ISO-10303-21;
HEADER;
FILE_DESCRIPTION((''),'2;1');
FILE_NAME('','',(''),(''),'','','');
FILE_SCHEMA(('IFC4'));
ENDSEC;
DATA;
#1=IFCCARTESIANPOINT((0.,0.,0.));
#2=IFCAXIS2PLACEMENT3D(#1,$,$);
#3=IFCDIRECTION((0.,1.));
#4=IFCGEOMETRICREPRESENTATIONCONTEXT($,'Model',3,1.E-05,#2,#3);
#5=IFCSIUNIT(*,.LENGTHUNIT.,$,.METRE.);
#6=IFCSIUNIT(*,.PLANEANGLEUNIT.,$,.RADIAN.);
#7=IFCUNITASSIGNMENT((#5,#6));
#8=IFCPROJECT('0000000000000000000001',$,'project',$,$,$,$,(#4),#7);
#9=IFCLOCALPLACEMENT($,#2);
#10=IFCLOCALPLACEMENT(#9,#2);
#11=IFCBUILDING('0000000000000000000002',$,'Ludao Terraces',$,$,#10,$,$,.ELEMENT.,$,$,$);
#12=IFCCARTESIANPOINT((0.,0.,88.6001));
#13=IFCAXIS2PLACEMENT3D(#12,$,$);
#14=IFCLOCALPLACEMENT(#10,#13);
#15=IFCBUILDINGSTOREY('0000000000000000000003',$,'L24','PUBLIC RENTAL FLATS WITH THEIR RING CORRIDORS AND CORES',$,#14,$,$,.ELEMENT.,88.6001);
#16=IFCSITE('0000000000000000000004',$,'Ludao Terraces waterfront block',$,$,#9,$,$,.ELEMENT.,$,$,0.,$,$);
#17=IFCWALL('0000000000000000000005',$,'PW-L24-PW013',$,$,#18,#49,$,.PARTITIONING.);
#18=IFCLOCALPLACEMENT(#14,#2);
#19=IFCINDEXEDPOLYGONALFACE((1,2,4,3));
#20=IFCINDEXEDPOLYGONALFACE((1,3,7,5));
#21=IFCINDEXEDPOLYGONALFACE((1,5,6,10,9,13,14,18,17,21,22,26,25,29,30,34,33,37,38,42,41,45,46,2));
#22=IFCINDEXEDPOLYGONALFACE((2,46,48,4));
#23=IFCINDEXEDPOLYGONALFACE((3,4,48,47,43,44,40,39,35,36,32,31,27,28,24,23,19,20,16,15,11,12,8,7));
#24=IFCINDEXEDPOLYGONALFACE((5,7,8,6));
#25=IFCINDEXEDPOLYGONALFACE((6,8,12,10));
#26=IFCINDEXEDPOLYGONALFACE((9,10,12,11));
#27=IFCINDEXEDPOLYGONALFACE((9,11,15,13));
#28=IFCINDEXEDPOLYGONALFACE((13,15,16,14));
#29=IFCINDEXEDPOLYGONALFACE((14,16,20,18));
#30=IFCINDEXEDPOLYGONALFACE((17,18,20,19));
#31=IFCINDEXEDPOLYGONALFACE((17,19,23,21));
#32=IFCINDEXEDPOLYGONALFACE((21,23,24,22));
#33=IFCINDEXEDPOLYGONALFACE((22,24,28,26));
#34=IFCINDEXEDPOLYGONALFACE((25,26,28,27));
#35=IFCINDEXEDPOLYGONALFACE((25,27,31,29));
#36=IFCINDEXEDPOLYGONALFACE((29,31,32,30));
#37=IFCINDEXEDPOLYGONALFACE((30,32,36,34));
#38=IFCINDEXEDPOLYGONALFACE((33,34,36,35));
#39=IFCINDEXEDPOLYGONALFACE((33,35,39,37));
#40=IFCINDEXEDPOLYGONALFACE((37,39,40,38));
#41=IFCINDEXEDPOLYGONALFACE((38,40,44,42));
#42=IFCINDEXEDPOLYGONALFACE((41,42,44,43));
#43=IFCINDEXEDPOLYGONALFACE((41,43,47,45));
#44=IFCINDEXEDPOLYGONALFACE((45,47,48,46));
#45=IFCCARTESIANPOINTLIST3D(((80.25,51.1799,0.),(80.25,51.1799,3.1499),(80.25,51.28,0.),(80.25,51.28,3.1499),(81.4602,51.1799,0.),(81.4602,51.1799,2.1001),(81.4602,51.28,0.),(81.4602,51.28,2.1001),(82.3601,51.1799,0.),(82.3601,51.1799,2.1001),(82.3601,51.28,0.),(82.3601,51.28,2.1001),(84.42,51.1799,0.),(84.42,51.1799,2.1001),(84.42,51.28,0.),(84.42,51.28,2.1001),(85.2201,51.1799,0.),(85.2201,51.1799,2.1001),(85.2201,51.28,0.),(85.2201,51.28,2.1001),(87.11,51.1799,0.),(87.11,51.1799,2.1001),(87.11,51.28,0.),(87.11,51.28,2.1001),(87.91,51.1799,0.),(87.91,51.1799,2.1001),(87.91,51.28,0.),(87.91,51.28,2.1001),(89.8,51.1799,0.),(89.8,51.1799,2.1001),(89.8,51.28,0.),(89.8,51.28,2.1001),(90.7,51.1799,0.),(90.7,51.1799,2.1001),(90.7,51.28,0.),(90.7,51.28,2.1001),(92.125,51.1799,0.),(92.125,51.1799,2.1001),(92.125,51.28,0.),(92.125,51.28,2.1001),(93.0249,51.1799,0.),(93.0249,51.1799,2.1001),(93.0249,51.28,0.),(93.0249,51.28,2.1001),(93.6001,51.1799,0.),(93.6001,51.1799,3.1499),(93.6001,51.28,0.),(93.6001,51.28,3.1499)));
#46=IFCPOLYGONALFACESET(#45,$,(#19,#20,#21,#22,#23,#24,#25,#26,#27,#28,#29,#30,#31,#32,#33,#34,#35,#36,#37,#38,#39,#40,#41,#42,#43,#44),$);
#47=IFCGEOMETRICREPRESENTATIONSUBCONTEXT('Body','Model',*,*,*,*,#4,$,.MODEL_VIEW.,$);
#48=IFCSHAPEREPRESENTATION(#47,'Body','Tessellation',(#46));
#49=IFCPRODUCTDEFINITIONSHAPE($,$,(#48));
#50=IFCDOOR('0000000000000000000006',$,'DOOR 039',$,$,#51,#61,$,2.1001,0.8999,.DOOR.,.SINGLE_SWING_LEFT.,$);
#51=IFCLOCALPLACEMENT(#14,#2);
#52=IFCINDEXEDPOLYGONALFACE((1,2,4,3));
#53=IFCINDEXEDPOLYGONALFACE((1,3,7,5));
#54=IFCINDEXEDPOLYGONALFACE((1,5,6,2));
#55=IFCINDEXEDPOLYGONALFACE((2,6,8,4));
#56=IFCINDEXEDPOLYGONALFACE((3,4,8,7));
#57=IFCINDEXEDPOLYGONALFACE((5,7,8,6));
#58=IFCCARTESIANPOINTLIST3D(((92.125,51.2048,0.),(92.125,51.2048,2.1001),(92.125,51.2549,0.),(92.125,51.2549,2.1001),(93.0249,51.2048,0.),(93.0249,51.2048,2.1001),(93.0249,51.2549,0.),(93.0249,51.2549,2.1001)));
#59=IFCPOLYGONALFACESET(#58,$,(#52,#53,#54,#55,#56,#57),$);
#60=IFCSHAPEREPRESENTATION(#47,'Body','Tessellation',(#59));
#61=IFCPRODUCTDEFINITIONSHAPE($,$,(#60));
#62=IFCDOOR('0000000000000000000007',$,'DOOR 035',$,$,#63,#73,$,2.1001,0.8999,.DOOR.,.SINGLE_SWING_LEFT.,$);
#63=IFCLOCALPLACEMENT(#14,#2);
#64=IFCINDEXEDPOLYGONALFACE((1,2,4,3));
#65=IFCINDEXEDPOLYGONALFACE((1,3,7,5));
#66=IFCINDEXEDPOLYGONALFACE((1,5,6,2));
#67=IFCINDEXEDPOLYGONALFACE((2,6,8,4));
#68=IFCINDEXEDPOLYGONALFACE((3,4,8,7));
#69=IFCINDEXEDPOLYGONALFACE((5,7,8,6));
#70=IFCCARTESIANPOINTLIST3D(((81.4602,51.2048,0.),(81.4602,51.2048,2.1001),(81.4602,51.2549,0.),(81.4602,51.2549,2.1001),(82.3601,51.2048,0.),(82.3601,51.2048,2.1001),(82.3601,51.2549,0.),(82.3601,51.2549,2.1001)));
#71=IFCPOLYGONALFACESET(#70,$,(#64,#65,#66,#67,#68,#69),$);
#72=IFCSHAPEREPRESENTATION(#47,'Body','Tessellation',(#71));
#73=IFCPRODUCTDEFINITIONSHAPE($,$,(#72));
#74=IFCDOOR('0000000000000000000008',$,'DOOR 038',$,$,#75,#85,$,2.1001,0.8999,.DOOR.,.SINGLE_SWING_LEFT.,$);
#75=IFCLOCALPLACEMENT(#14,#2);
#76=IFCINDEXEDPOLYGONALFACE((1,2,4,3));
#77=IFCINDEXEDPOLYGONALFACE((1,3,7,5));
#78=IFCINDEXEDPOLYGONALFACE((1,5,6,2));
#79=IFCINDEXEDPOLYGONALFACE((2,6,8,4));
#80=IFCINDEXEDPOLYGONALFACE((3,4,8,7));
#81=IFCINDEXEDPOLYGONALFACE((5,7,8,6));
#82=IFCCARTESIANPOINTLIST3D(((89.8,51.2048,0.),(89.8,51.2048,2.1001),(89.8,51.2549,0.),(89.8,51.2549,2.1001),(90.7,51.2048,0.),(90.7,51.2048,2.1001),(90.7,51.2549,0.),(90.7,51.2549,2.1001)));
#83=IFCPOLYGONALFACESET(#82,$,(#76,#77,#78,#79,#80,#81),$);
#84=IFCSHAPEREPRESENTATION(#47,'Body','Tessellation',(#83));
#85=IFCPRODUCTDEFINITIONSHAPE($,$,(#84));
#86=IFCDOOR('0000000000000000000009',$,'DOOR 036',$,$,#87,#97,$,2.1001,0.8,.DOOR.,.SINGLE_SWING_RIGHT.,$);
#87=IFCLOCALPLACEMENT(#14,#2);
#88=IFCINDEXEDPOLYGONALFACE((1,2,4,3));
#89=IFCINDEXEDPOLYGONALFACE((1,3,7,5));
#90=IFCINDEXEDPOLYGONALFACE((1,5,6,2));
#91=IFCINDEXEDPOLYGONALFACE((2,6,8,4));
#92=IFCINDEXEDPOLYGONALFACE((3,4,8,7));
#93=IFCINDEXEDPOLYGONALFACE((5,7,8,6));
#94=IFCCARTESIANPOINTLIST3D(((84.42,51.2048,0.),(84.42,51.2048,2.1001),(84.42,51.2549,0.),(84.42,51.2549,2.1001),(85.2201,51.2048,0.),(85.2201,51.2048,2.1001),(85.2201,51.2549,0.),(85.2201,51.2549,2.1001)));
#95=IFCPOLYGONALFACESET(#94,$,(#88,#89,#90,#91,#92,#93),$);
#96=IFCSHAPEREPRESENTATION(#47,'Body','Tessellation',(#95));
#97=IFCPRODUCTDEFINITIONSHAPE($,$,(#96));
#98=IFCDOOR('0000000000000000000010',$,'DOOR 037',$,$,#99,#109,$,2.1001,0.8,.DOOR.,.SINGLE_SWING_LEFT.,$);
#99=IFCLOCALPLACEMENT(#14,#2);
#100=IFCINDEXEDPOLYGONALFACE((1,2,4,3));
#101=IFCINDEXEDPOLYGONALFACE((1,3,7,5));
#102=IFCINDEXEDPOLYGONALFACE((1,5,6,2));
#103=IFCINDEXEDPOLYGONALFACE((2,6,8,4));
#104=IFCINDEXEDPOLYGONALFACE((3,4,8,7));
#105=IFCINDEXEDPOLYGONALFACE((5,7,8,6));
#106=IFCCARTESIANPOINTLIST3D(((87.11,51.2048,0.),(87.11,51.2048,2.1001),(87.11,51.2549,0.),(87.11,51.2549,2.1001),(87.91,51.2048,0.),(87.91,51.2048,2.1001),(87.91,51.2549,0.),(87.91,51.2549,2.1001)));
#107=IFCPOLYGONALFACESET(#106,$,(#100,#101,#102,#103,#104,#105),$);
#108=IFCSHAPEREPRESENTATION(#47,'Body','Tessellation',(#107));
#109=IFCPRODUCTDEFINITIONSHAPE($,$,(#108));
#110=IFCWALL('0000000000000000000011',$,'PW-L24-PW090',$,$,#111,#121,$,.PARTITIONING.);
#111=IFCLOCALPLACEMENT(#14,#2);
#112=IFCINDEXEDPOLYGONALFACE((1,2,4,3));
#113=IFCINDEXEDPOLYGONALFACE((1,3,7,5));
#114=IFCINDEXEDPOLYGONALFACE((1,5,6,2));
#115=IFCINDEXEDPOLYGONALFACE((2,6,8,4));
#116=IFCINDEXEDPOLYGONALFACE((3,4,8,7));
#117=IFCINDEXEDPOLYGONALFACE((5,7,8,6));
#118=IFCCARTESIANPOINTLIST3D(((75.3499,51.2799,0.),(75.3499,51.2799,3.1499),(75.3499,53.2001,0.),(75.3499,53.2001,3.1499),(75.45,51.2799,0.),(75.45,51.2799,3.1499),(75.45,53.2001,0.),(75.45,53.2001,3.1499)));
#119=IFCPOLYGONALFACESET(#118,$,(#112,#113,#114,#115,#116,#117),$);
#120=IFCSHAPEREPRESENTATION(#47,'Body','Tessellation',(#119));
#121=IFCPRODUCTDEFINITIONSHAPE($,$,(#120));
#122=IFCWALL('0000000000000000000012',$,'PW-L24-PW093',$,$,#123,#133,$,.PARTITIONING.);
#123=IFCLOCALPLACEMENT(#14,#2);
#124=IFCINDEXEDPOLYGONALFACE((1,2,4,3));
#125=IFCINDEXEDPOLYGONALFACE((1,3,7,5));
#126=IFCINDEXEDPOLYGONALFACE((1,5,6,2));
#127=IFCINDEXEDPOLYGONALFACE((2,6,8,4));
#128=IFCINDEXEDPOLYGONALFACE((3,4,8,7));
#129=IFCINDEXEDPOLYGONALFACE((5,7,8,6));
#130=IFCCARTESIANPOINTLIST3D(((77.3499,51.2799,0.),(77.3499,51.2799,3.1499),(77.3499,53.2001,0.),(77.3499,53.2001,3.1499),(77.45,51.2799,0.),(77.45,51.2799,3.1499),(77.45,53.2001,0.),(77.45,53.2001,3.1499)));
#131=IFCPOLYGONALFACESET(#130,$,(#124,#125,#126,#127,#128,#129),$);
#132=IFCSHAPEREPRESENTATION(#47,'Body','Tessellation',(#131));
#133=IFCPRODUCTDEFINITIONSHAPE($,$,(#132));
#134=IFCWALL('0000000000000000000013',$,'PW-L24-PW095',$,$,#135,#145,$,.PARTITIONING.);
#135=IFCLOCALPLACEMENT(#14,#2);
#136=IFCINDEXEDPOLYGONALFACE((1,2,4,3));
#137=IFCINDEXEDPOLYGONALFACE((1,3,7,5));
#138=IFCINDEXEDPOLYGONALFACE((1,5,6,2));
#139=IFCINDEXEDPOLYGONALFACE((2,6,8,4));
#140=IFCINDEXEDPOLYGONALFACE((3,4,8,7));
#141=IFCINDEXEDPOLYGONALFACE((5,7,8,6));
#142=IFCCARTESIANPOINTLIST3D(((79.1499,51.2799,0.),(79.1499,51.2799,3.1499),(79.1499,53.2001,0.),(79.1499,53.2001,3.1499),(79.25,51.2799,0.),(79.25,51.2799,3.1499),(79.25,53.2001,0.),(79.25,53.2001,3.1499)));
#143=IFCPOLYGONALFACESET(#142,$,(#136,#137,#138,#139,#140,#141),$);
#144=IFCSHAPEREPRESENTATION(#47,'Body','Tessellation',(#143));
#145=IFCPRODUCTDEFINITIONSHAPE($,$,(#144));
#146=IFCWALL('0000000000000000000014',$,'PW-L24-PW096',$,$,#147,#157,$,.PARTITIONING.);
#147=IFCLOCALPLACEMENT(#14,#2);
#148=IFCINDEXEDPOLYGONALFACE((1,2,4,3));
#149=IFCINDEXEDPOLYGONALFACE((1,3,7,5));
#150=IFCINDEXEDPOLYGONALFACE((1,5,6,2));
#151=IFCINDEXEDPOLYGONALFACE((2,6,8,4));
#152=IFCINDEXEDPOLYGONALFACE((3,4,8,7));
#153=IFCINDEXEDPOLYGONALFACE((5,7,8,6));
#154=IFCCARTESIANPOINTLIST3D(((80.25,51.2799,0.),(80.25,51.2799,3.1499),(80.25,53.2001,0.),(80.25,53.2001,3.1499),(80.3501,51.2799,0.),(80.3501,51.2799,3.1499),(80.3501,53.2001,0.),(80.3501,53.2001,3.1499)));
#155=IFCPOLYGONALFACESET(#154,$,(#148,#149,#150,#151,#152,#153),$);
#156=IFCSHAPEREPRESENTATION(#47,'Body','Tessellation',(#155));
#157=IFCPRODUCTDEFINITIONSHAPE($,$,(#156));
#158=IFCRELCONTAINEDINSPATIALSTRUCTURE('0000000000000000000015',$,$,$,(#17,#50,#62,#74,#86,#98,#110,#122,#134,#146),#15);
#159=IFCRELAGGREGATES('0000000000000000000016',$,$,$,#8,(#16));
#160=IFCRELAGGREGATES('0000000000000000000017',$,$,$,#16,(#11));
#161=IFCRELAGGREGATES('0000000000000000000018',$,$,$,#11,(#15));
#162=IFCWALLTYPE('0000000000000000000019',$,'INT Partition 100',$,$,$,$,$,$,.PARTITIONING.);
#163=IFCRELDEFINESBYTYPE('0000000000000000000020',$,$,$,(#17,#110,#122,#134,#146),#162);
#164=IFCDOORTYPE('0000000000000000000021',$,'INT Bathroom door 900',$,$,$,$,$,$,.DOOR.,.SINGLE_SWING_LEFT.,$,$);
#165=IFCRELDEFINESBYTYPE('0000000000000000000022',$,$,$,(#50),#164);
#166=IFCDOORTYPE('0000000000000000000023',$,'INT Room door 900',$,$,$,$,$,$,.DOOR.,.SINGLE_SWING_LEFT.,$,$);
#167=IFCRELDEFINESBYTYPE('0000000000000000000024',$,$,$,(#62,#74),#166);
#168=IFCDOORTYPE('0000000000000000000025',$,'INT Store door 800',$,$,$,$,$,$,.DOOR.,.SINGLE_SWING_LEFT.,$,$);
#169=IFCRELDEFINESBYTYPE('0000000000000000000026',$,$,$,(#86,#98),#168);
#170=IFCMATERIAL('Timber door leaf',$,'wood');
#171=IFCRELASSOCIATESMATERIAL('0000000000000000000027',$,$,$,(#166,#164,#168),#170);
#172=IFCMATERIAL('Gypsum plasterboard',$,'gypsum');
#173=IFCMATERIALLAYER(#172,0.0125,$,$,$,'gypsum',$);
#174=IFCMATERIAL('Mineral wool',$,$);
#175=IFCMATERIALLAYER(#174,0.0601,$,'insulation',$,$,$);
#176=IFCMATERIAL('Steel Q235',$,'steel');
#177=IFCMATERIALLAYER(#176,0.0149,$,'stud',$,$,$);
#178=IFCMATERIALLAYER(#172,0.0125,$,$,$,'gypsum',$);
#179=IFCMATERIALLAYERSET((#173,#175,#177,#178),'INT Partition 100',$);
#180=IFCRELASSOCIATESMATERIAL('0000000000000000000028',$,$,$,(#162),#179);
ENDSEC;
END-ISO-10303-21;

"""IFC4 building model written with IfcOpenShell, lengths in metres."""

from ifc_helpers import new_model, si_unit, direction, frame, frame_2d, origin, place, context, subcontext, project, spatial, rectangle, extrude, material, layer, layer_set, type_object, element, fill, save


model = new_model("IFC4")

# Units and contexts
model_context = context("Model", 3, precision=1e-05, world=origin(), true_north=direction((0.0, 1.0)))
body_context = subcontext(model_context, "Body", "Model", "MODEL_VIEW")
ifc_project = project(units=[si_unit("LENGTHUNIT", "METRE"), si_unit("PLANEANGLEUNIT", "RADIAN")], contexts=[model_context])

# Site, building, storey
site_placement = place(None, origin())
site = spatial("IfcSite", under=ifc_project, at=site_placement, Name="Ludao Terraces waterfront block", CompositionType="ELEMENT", RefElevation=0.0)
building_placement = place(site_placement, origin())
building = spatial("IfcBuilding", under=site, at=building_placement, Name="Ludao Terraces", CompositionType="ELEMENT")
storey_placement = place(building_placement, frame((0.0, 0.0, 88.6001)))
storey = spatial("IfcBuildingStorey", under=building, at=storey_placement, Name="L24", Description="PUBLIC RENTAL FLATS WITH THEIR RING CORRIDORS AND CORES", CompositionType="ELEMENT", Elevation=88.6001)

# Shared definitions
ifc_material_1 = material(Name="Steel Q235", Category="steel")
ifc_material_2 = material(Name="Timber door leaf", Category="wood")
door_type_1 = type_object("IfcDoorType", Name="INT Room door 900", OperationType="SINGLE_SWING_LEFT", PredefinedType="DOOR", material=ifc_material_2)

# Wall, openings, doors
ifc_material_3 = material(Name="Gypsum plasterboard", Category="gypsum")
ifc_layer_1 = layer(ifc_material_3, 0.0125, Category="gypsum")
ifc_material_4 = material(Name="Mineral wool")
ifc_layer_2 = layer(ifc_material_4, 0.0601, Name="insulation")
ifc_layer_3 = layer(ifc_material_1, 0.0149, Name="stud")
ifc_layer_4 = layer(ifc_material_3, 0.0125, Category="gypsum")
ifc_layer_set_1 = layer_set([ifc_layer_1, ifc_layer_2, ifc_layer_3, ifc_layer_4], Name="INT Partition 100")
wall_type_1 = type_object("IfcWallType", Name="INT Partition 100", PredefinedType="PARTITIONING", material=ifc_layer_set_1)
wall_1_placement = place(storey_placement, frame((80.25, 51.23, 0.0), z_axis=(0.0, 0.0, 1.0), x_axis=(1.0, 0.0, 0.0)))
wall_1 = element("IfcWall", 1, at=wall_1_placement, inside=storey, type_object=wall_type_1, Name="PW-L24-PW013", PredefinedType="PARTITIONING", context=body_context, shape_type="SweptSolid", body=[
    extrude(rectangle(XDim=13.3501, YDim=0.1001, at=frame_2d((6.675, 0.0))), origin(), (0.0, 0.0, 1.0), 3.1499),
])
opening_1_placement = place(wall_1_placement, frame((1.2102, 0.0, 0.0)))
opening_1 = element("IfcOpeningElement", 2, at=opening_1_placement, cuts=wall_1, PredefinedType="OPENING", context=body_context, shape_type="SweptSolid", body=[
    extrude(rectangle(XDim=0.8999, YDim=2.1001, at=frame_2d((0.45, 1.05))), frame((0.0, 0.0601, 0.0), z_axis=(0.0, -1.0, 0.0), x_axis=(1.0, 0.0, 0.0)), (0.0, 0.0, 1.0), 0.1201),
])
opening_2_placement = place(wall_1_placement, frame((4.1702, 0.0, 0.0)))
opening_2 = element("IfcOpeningElement", 3, at=opening_2_placement, cuts=wall_1, PredefinedType="OPENING", context=body_context, shape_type="SweptSolid", body=[
    extrude(rectangle(XDim=0.8, YDim=2.1001, at=frame_2d((0.3999, 1.05))), frame((0.0, 0.0601, 0.0), z_axis=(0.0, -1.0, 0.0), x_axis=(1.0, 0.0, 0.0)), (0.0, 0.0, 1.0), 0.1201),
])
opening_3_placement = place(wall_1_placement, frame((6.8601, 0.0, 0.0)))
opening_3 = element("IfcOpeningElement", 4, at=opening_3_placement, cuts=wall_1, PredefinedType="OPENING", context=body_context, shape_type="SweptSolid", body=[
    extrude(rectangle(XDim=0.8, YDim=2.1001, at=frame_2d((0.3999, 1.05))), frame((0.0, 0.0601, 0.0), z_axis=(0.0, -1.0, 0.0), x_axis=(1.0, 0.0, 0.0)), (0.0, 0.0, 1.0), 0.1201),
])
opening_4_placement = place(wall_1_placement, frame((9.55, 0.0, 0.0)))
opening_4 = element("IfcOpeningElement", 5, at=opening_4_placement, cuts=wall_1, PredefinedType="OPENING", context=body_context, shape_type="SweptSolid", body=[
    extrude(rectangle(XDim=0.8999, YDim=2.1001, at=frame_2d((0.45, 1.05))), frame((0.0, 0.0601, 0.0), z_axis=(0.0, -1.0, 0.0), x_axis=(1.0, 0.0, 0.0)), (0.0, 0.0, 1.0), 0.1201),
])
opening_5_placement = place(wall_1_placement, frame((11.875, 0.0, 0.0)))
opening_5 = element("IfcOpeningElement", 6, at=opening_5_placement, cuts=wall_1, PredefinedType="OPENING", context=body_context, shape_type="SweptSolid", body=[
    extrude(rectangle(XDim=0.8999, YDim=2.1001, at=frame_2d((0.45, 1.05))), frame((0.0, 0.0601, 0.0), z_axis=(0.0, -1.0, 0.0), x_axis=(1.0, 0.0, 0.0)), (0.0, 0.0, 1.0), 0.1201),
])
door_type_2 = type_object("IfcDoorType", Name="INT Bathroom door 900", OperationType="SINGLE_SWING_LEFT", PredefinedType="DOOR", material=ifc_material_2)
door_1_placement = place(opening_5_placement, origin())
door_1 = element("IfcDoor", 7, at=door_1_placement, inside=storey, type_object=door_type_2, Name="DOOR 039", OperationType="SINGLE_SWING_LEFT", OverallHeight=2.1001, OverallWidth=0.8999, PredefinedType="DOOR", context=body_context, shape_type="SweptSolid", body=[
    extrude(rectangle(XDim=0.8999, YDim=2.1001, at=frame_2d((0.45, 1.05))), frame((0.0, 0.0249, 0.0), z_axis=(0.0, -1.0, 0.0), x_axis=(1.0, 0.0, 0.0)), (0.0, 0.0, 1.0), 0.05),
])
fill(opening_5, door_1)
door_2_placement = place(opening_1_placement, origin())
door_2 = element("IfcDoor", 8, at=door_2_placement, inside=storey, type_object=door_type_1, Name="DOOR 035", OperationType="SINGLE_SWING_LEFT", OverallHeight=2.1001, OverallWidth=0.8999, PredefinedType="DOOR", context=body_context, shape_type="SweptSolid", body=[
    extrude(rectangle(XDim=0.8999, YDim=2.1001, at=frame_2d((0.45, 1.05))), frame((0.0, 0.0249, 0.0), z_axis=(0.0, -1.0, 0.0), x_axis=(1.0, 0.0, 0.0)), (0.0, 0.0, 1.0), 0.05),
])
fill(opening_1, door_2)
door_3_placement = place(opening_4_placement, origin())
door_3 = element("IfcDoor", 9, at=door_3_placement, inside=storey, type_object=door_type_1, Name="DOOR 038", OperationType="SINGLE_SWING_LEFT", OverallHeight=2.1001, OverallWidth=0.8999, PredefinedType="DOOR", context=body_context, shape_type="SweptSolid", body=[
    extrude(rectangle(XDim=0.8999, YDim=2.1001, at=frame_2d((0.45, 1.05))), frame((0.0, 0.0249, 0.0), z_axis=(0.0, -1.0, 0.0), x_axis=(1.0, 0.0, 0.0)), (0.0, 0.0, 1.0), 0.05),
])
fill(opening_4, door_3)
door_type_3 = type_object("IfcDoorType", Name="INT Store door 800", OperationType="SINGLE_SWING_LEFT", PredefinedType="DOOR", material=ifc_material_2)
door_4_placement = place(opening_2_placement, origin())
door_4 = element("IfcDoor", 10, at=door_4_placement, inside=storey, type_object=door_type_3, Name="DOOR 036", OperationType="SINGLE_SWING_RIGHT", OverallHeight=2.1001, OverallWidth=0.8, PredefinedType="DOOR", context=body_context, shape_type="SweptSolid", body=[
    extrude(rectangle(XDim=0.8, YDim=2.1001, at=frame_2d((0.3999, 1.05))), frame((0.0, 0.0249, 0.0), z_axis=(0.0, -1.0, 0.0), x_axis=(1.0, 0.0, 0.0)), (0.0, 0.0, 1.0), 0.05),
])
fill(opening_2, door_4)
door_5_placement = place(opening_3_placement, origin())
door_5 = element("IfcDoor", 11, at=door_5_placement, inside=storey, type_object=door_type_3, Name="DOOR 037", OperationType="SINGLE_SWING_LEFT", OverallHeight=2.1001, OverallWidth=0.8, PredefinedType="DOOR", context=body_context, shape_type="SweptSolid", body=[
    extrude(rectangle(XDim=0.8, YDim=2.1001, at=frame_2d((0.3999, 1.05))), frame((0.0, 0.0249, 0.0), z_axis=(0.0, -1.0, 0.0), x_axis=(1.0, 0.0, 0.0)), (0.0, 0.0, 1.0), 0.05),
])
fill(opening_3, door_5)

# Walls
for number, where, z_axis, x_axis, name in (
    (12, (75.3999, 51.28, 0.0), (0.0, 0.0, 1.0), (0.0, 1.0, 0.0), "PW-L24-PW090"),
    (13, (77.3999, 51.28, 0.0), (0.0, 0.0, 1.0), (0.0, 1.0, 0.0), "PW-L24-PW093"),
    (14, (79.2, 51.28, 0.0), (0.0, 0.0, 1.0), (0.0, 1.0, 0.0), "PW-L24-PW095"),
    (15, (80.3, 51.28, 0.0), (0.0, 0.0, 1.0), (0.0, 1.0, 0.0), "PW-L24-PW096"),
):
    element("IfcWall", number, at=place(storey_placement, frame(where, z_axis=z_axis, x_axis=x_axis)), inside=storey, type_object=wall_type_1, Name=name, PredefinedType="PARTITIONING", context=body_context, shape_type="SweptSolid", body=[
        extrude(rectangle(XDim=1.9202, YDim=0.1001, at=frame_2d((0.96, 0.0))), origin(), (0.0, 0.0, 1.0), 3.1499),
    ])

save(model, "model.ifc")
